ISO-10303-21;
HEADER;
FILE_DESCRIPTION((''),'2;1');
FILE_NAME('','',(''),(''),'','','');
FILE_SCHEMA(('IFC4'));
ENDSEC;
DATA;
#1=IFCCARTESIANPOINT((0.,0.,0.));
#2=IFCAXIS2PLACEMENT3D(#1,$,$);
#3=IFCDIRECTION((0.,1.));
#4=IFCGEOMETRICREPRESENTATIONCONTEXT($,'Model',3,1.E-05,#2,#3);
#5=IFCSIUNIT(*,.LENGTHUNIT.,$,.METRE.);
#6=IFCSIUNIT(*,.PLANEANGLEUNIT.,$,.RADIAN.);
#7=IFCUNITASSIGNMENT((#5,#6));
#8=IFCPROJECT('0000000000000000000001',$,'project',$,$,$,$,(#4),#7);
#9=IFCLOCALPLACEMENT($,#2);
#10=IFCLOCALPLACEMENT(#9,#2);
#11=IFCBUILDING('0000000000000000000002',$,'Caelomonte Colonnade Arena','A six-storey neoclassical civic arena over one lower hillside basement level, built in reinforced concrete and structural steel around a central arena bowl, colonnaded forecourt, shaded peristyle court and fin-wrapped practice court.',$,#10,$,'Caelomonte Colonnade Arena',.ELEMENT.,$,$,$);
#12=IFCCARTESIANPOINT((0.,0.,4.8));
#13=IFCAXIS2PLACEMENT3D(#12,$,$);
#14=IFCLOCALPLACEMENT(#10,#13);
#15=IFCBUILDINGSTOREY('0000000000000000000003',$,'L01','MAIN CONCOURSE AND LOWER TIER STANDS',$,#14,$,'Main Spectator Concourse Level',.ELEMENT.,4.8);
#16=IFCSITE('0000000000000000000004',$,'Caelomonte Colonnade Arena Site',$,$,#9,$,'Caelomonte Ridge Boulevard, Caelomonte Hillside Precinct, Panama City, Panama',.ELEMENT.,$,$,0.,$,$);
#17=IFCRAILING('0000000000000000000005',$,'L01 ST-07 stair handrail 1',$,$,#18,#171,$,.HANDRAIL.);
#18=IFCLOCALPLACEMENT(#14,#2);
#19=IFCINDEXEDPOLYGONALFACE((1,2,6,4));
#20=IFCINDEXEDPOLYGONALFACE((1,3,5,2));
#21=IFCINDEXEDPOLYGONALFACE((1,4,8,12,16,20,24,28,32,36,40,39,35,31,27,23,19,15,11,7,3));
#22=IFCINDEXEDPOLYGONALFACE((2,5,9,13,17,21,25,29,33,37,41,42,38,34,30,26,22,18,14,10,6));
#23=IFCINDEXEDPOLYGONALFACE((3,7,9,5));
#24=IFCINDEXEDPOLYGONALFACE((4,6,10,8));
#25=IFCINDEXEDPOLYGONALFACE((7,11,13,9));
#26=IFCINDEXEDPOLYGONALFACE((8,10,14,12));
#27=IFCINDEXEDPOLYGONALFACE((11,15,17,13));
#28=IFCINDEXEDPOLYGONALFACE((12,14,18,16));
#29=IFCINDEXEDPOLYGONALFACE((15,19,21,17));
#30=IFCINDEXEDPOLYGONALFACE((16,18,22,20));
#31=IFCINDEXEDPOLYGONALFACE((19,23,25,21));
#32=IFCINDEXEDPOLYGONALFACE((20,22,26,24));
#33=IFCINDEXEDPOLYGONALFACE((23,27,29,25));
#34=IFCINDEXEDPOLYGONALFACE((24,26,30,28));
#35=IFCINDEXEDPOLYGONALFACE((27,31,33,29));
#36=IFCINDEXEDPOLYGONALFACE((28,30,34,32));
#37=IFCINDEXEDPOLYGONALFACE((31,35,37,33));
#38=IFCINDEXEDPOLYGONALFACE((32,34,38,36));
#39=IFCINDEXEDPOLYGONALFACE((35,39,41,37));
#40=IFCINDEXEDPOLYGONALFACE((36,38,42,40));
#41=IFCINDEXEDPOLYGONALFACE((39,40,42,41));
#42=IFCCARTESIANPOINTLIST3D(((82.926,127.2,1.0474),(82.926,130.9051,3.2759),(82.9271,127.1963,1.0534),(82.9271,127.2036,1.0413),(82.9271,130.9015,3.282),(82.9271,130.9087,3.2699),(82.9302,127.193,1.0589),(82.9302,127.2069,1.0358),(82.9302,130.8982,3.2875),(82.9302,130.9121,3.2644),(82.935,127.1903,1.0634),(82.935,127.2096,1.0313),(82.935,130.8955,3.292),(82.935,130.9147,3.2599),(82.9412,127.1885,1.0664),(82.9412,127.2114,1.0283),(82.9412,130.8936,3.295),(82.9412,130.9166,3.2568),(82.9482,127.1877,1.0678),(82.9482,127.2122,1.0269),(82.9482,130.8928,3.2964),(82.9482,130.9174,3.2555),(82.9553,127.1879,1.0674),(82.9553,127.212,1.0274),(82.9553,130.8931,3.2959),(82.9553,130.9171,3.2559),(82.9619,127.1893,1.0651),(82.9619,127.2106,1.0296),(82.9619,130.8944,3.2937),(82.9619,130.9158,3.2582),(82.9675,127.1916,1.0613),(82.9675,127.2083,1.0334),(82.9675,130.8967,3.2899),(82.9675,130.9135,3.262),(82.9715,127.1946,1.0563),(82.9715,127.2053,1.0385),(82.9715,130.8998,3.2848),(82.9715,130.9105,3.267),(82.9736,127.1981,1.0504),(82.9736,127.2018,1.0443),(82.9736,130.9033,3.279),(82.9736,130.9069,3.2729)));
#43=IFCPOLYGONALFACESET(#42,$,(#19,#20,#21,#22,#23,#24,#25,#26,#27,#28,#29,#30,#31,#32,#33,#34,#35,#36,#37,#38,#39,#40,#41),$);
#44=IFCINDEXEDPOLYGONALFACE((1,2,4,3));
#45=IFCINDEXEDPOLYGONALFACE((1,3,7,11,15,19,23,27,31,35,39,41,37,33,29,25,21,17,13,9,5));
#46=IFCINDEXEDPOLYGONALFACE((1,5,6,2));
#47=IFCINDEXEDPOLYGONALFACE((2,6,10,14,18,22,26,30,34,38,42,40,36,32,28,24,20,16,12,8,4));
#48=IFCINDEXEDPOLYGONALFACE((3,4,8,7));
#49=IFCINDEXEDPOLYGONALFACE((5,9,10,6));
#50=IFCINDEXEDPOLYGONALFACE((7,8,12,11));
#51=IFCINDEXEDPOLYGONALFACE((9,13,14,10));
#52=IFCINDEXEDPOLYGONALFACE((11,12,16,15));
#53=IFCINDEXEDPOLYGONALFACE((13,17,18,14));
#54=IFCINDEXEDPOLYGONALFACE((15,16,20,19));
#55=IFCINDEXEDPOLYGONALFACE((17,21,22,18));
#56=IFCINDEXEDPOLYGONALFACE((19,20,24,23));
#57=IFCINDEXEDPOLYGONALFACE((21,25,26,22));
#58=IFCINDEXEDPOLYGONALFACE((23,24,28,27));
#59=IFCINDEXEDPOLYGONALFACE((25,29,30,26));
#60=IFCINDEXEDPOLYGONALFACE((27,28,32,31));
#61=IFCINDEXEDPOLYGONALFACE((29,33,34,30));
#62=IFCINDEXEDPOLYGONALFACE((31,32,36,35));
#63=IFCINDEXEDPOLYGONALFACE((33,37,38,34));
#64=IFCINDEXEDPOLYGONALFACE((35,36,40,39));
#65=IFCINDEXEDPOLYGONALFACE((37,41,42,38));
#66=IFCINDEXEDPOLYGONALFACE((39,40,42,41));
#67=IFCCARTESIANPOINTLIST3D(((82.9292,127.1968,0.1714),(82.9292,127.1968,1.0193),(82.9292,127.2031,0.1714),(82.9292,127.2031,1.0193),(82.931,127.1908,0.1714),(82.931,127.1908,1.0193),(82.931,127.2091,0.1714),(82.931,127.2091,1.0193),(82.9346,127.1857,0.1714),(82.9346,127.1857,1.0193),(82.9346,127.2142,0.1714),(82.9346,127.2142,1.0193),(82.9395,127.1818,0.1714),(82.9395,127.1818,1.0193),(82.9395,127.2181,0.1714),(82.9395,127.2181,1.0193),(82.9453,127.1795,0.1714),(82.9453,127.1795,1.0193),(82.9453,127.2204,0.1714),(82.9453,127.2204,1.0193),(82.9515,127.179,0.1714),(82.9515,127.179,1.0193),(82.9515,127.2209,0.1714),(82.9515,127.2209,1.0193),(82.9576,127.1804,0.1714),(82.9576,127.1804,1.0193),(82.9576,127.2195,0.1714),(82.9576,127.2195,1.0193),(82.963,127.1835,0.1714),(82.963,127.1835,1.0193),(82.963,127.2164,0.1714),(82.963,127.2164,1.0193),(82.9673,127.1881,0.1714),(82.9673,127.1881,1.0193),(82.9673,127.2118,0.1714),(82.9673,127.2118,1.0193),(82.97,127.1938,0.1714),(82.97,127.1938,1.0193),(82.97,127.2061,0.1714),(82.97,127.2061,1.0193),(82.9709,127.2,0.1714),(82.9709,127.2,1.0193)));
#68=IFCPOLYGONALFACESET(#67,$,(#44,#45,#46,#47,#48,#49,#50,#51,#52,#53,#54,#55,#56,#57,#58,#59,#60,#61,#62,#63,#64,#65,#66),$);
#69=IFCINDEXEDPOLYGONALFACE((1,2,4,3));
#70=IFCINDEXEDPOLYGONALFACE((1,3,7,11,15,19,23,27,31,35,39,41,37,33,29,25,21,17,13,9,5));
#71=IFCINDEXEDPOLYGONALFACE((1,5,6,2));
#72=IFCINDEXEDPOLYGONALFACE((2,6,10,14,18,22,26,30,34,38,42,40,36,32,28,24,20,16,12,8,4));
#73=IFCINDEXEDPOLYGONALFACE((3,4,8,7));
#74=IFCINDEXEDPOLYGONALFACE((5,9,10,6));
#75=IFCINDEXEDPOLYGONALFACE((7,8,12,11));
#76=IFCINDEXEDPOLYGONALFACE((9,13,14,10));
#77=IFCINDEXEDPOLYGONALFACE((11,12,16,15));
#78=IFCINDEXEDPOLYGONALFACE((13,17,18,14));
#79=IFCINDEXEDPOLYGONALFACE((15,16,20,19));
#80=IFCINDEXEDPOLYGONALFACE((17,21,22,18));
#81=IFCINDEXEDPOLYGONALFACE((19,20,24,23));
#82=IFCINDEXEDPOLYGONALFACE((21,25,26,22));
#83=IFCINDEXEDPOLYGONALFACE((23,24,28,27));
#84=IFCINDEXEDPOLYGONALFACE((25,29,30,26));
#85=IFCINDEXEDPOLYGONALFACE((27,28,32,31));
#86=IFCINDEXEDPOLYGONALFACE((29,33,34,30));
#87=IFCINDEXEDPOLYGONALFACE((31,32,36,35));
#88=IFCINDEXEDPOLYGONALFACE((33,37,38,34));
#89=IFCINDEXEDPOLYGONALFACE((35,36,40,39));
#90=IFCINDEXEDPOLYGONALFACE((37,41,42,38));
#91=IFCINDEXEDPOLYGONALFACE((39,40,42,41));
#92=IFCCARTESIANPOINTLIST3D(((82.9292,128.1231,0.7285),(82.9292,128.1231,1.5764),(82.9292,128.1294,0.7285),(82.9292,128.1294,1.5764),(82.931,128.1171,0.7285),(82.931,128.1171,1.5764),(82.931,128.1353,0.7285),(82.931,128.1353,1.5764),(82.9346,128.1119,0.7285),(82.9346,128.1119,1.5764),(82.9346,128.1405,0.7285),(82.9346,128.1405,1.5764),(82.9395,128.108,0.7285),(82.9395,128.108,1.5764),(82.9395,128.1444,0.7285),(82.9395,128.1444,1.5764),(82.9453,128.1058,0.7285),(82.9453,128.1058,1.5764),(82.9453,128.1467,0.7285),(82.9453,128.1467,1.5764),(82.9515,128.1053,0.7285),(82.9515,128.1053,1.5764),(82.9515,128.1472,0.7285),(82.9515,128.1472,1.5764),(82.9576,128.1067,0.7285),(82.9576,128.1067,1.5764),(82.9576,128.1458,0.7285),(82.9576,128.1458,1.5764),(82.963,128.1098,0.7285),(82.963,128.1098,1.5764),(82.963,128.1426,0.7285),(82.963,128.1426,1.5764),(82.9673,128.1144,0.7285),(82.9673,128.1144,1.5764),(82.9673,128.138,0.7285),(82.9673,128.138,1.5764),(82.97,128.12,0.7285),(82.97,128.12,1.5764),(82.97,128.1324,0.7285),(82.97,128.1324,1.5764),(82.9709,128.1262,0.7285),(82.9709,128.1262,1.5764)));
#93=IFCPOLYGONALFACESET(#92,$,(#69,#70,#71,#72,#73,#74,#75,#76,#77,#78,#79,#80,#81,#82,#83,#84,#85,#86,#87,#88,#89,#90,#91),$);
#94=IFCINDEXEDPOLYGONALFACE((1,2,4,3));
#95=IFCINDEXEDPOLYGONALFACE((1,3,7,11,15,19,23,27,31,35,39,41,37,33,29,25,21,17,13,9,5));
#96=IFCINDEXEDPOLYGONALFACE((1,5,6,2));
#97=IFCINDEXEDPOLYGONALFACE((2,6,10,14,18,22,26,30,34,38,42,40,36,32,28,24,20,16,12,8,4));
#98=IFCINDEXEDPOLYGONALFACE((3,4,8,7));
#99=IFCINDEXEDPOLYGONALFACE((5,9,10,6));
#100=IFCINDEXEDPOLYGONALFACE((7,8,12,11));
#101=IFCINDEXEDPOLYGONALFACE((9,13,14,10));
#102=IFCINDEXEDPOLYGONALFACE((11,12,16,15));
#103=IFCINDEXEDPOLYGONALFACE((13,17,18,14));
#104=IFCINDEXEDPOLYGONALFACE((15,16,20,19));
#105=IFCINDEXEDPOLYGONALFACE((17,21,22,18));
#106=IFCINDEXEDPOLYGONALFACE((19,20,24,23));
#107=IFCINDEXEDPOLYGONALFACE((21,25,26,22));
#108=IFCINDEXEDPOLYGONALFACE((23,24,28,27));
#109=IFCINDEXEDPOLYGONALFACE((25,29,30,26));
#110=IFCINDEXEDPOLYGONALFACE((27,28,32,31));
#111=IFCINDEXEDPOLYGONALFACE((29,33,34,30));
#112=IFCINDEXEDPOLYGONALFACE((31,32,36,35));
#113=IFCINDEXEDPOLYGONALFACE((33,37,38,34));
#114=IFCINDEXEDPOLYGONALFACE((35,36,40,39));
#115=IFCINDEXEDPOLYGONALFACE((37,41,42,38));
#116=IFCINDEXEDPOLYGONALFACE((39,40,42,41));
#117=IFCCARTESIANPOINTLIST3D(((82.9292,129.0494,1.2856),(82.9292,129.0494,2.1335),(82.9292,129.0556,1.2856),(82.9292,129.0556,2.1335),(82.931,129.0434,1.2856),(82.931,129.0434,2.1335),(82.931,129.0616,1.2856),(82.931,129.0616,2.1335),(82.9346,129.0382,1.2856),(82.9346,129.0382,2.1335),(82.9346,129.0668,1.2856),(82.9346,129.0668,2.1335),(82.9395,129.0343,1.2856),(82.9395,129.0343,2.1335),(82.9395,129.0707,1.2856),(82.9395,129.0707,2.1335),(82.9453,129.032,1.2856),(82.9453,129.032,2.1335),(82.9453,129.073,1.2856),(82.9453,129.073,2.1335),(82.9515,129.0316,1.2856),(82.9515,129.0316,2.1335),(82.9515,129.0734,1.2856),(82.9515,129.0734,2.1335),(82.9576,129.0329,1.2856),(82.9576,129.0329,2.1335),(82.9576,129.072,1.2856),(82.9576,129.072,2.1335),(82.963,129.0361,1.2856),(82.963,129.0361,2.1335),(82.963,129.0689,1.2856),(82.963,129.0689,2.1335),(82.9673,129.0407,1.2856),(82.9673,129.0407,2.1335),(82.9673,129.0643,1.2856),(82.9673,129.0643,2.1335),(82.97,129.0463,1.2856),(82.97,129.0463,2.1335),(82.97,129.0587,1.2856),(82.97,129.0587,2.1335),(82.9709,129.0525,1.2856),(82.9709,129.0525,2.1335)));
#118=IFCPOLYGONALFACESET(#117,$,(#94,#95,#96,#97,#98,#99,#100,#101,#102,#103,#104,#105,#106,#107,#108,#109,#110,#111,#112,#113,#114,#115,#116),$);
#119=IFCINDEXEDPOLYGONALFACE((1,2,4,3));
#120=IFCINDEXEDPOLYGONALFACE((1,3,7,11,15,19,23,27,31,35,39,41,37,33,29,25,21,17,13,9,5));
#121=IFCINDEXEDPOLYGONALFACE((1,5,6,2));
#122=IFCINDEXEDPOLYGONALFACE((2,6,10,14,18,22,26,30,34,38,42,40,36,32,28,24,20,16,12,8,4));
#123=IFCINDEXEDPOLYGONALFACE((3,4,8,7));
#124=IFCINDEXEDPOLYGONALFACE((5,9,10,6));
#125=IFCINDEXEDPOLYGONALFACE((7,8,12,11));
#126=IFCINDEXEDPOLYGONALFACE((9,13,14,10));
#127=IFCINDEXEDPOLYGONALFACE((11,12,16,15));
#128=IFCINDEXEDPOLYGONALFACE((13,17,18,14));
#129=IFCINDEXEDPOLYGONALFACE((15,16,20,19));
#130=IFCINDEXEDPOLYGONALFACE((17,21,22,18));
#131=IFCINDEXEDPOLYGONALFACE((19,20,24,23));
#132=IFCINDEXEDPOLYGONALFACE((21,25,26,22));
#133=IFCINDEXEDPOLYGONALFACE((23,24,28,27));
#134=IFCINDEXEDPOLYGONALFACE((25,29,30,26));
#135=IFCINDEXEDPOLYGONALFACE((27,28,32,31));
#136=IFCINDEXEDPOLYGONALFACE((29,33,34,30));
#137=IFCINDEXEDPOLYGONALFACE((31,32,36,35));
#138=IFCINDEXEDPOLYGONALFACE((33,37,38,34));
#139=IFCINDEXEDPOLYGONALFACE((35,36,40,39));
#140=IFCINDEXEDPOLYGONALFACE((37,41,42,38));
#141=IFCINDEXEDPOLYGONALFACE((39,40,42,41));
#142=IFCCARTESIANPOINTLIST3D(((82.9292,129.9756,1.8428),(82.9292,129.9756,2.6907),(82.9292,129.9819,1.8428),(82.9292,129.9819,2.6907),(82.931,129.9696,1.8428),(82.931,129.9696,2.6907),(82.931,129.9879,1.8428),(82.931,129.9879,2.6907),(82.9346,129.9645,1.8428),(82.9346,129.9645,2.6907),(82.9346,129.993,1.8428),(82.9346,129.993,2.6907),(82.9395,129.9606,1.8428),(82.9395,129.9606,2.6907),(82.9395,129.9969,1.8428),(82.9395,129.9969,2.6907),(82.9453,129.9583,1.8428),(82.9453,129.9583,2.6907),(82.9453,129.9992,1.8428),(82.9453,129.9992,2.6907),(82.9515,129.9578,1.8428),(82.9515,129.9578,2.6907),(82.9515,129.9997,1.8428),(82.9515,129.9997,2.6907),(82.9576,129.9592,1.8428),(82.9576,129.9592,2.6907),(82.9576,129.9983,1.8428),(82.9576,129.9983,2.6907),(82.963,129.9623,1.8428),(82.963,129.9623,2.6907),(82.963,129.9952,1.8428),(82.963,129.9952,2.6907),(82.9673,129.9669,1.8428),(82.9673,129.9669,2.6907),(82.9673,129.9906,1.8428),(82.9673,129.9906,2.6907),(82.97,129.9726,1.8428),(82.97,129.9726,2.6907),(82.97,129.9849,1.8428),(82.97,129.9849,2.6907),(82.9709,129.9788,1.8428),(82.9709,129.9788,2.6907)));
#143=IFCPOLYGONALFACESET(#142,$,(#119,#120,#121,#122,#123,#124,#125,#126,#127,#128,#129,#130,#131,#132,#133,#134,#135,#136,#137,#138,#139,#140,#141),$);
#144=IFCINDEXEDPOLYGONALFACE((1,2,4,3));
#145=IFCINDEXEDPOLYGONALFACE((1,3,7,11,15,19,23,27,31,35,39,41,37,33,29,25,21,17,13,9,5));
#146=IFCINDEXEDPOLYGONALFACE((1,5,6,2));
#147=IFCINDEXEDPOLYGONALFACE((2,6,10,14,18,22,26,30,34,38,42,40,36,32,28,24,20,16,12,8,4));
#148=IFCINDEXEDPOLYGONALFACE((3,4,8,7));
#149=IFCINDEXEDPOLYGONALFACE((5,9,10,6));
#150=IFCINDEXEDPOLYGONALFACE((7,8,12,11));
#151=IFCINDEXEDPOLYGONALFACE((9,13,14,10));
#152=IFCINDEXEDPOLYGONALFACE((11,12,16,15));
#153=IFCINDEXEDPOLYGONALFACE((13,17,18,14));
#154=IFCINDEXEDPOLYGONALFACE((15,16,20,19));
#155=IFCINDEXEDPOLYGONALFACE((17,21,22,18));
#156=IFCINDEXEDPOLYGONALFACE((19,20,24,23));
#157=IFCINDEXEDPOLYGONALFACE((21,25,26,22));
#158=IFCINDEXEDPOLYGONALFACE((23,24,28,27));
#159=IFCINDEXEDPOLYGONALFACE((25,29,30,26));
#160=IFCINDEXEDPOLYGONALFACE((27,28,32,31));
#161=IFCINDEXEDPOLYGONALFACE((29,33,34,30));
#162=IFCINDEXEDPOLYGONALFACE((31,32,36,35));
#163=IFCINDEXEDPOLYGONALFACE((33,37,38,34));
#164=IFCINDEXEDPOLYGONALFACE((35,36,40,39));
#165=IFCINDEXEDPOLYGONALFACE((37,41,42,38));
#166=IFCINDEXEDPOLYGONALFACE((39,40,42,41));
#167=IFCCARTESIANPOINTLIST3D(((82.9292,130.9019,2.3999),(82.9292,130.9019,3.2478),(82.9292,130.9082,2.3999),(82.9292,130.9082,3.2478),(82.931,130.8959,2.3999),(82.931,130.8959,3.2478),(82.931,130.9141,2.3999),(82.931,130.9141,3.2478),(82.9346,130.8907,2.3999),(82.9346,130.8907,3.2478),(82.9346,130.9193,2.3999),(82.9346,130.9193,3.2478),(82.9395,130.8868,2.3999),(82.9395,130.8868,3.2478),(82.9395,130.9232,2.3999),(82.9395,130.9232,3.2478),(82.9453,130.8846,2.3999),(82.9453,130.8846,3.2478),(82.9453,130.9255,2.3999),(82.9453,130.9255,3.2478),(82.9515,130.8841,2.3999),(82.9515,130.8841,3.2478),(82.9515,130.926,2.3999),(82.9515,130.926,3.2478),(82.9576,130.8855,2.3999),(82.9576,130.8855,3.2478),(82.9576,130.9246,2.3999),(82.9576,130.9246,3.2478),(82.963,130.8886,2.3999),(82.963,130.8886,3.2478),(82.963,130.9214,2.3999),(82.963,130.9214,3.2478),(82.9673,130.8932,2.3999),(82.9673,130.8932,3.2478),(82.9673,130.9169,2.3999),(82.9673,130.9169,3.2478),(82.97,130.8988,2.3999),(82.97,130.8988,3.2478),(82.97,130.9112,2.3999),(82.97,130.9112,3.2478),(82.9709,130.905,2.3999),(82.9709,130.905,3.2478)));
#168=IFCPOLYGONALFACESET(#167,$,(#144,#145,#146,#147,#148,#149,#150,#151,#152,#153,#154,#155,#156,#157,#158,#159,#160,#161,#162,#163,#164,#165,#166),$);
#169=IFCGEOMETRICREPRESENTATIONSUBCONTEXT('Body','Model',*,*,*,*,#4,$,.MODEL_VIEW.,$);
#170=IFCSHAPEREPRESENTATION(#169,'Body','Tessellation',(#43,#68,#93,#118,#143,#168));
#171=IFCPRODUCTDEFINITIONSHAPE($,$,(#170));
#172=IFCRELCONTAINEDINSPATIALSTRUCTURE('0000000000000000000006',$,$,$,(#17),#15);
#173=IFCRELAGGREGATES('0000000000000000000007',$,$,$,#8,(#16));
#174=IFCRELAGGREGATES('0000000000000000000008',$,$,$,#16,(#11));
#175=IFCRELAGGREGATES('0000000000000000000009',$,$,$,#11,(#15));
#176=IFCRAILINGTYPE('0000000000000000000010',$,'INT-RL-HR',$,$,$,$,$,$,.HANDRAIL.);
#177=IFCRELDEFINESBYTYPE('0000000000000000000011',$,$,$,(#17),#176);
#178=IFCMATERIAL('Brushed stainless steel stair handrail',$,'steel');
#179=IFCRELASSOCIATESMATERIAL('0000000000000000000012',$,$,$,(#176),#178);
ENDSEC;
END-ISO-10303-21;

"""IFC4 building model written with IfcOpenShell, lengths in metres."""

from ifc_helpers import new_model, si_unit, direction, frame, origin, origin_2d, place, context, subcontext, project, spatial, circle, extrude, material, type_object, element, save


model = new_model("IFC4")

# Units and contexts
model_context = context("Model", 3, precision=1e-05, world=origin(), true_north=direction((0.0, 1.0)))
body_context = subcontext(model_context, "Body", "Model", "MODEL_VIEW")
ifc_project = project(units=[si_unit("LENGTHUNIT", "METRE"), si_unit("PLANEANGLEUNIT", "RADIAN")], contexts=[model_context])

# Site, building, storey
site_placement = place(None, origin())
site = spatial("IfcSite", under=ifc_project, at=site_placement, Name="Caelomonte Colonnade Arena Site", LongName="Caelomonte Ridge Boulevard, Caelomonte Hillside Precinct, Panama City, Panama", CompositionType="ELEMENT", RefElevation=0.0)
building_placement = place(site_placement, origin())
building = spatial("IfcBuilding", under=site, at=building_placement, Name="Caelomonte Colonnade Arena", Description="A six-storey neoclassical civic arena over one lower hillside basement level, built in reinforced concrete and structural steel around a central arena bowl, colonnaded forecourt, shaded peristyle court and fin-wrapped practice court.", LongName="Caelomonte Colonnade Arena", CompositionType="ELEMENT")
storey_placement = place(building_placement, frame((0.0, 0.0, 4.8)))
storey = spatial("IfcBuildingStorey", under=building, at=storey_placement, Name="L01", Description="MAIN CONCOURSE AND LOWER TIER STANDS", LongName="Main Spectator Concourse Level", CompositionType="ELEMENT", Elevation=4.8)

# Railing
ifc_material_1 = material(Name="Brushed stainless steel stair handrail", Category="steel")
railing_type_1 = type_object("IfcRailingType", Name="INT-RL-HR", PredefinedType="HANDRAIL", material=ifc_material_1)
railing_1_placement = place(storey_placement, frame((82.95, 127.2, 0.1714)))
element("IfcRailing", 1, at=railing_1_placement, inside=storey, type_object=railing_type_1, Name="L01 ST-07 stair handrail 1", PredefinedType="HANDRAIL", context=body_context, shape_type="SweptSolid", body=[
    extrude(circle(Radius=0.0239, at=origin_2d()), frame((0.0, 0.0, 0.876), z_axis=(0.0, 0.856934, 0.515425), x_axis=(-1.0, 0.0, 0.0)), (0.0, 0.0, 1.0), 4.3237),
    extrude(circle(Radius=0.021, at=origin_2d()), origin(), (0.0, 0.0, 1.0), 0.8479),
    extrude(circle(Radius=0.021, at=origin_2d()), frame((0.0, 0.9263, 0.5571)), (0.0, 0.0, 1.0), 0.8479),
    extrude(circle(Radius=0.021, at=origin_2d()), frame((0.0, 1.8525, 1.1143)), (0.0, 0.0, 1.0), 0.8479),
    extrude(circle(Radius=0.021, at=origin_2d()), frame((0.0, 2.7788, 1.6714)), (0.0, 0.0, 1.0), 0.8479),
    extrude(circle(Radius=0.021, at=origin_2d()), frame((0.0, 3.7051, 2.2285)), (0.0, 0.0, 1.0), 0.8479),
])

save(model, "model.ifc")
